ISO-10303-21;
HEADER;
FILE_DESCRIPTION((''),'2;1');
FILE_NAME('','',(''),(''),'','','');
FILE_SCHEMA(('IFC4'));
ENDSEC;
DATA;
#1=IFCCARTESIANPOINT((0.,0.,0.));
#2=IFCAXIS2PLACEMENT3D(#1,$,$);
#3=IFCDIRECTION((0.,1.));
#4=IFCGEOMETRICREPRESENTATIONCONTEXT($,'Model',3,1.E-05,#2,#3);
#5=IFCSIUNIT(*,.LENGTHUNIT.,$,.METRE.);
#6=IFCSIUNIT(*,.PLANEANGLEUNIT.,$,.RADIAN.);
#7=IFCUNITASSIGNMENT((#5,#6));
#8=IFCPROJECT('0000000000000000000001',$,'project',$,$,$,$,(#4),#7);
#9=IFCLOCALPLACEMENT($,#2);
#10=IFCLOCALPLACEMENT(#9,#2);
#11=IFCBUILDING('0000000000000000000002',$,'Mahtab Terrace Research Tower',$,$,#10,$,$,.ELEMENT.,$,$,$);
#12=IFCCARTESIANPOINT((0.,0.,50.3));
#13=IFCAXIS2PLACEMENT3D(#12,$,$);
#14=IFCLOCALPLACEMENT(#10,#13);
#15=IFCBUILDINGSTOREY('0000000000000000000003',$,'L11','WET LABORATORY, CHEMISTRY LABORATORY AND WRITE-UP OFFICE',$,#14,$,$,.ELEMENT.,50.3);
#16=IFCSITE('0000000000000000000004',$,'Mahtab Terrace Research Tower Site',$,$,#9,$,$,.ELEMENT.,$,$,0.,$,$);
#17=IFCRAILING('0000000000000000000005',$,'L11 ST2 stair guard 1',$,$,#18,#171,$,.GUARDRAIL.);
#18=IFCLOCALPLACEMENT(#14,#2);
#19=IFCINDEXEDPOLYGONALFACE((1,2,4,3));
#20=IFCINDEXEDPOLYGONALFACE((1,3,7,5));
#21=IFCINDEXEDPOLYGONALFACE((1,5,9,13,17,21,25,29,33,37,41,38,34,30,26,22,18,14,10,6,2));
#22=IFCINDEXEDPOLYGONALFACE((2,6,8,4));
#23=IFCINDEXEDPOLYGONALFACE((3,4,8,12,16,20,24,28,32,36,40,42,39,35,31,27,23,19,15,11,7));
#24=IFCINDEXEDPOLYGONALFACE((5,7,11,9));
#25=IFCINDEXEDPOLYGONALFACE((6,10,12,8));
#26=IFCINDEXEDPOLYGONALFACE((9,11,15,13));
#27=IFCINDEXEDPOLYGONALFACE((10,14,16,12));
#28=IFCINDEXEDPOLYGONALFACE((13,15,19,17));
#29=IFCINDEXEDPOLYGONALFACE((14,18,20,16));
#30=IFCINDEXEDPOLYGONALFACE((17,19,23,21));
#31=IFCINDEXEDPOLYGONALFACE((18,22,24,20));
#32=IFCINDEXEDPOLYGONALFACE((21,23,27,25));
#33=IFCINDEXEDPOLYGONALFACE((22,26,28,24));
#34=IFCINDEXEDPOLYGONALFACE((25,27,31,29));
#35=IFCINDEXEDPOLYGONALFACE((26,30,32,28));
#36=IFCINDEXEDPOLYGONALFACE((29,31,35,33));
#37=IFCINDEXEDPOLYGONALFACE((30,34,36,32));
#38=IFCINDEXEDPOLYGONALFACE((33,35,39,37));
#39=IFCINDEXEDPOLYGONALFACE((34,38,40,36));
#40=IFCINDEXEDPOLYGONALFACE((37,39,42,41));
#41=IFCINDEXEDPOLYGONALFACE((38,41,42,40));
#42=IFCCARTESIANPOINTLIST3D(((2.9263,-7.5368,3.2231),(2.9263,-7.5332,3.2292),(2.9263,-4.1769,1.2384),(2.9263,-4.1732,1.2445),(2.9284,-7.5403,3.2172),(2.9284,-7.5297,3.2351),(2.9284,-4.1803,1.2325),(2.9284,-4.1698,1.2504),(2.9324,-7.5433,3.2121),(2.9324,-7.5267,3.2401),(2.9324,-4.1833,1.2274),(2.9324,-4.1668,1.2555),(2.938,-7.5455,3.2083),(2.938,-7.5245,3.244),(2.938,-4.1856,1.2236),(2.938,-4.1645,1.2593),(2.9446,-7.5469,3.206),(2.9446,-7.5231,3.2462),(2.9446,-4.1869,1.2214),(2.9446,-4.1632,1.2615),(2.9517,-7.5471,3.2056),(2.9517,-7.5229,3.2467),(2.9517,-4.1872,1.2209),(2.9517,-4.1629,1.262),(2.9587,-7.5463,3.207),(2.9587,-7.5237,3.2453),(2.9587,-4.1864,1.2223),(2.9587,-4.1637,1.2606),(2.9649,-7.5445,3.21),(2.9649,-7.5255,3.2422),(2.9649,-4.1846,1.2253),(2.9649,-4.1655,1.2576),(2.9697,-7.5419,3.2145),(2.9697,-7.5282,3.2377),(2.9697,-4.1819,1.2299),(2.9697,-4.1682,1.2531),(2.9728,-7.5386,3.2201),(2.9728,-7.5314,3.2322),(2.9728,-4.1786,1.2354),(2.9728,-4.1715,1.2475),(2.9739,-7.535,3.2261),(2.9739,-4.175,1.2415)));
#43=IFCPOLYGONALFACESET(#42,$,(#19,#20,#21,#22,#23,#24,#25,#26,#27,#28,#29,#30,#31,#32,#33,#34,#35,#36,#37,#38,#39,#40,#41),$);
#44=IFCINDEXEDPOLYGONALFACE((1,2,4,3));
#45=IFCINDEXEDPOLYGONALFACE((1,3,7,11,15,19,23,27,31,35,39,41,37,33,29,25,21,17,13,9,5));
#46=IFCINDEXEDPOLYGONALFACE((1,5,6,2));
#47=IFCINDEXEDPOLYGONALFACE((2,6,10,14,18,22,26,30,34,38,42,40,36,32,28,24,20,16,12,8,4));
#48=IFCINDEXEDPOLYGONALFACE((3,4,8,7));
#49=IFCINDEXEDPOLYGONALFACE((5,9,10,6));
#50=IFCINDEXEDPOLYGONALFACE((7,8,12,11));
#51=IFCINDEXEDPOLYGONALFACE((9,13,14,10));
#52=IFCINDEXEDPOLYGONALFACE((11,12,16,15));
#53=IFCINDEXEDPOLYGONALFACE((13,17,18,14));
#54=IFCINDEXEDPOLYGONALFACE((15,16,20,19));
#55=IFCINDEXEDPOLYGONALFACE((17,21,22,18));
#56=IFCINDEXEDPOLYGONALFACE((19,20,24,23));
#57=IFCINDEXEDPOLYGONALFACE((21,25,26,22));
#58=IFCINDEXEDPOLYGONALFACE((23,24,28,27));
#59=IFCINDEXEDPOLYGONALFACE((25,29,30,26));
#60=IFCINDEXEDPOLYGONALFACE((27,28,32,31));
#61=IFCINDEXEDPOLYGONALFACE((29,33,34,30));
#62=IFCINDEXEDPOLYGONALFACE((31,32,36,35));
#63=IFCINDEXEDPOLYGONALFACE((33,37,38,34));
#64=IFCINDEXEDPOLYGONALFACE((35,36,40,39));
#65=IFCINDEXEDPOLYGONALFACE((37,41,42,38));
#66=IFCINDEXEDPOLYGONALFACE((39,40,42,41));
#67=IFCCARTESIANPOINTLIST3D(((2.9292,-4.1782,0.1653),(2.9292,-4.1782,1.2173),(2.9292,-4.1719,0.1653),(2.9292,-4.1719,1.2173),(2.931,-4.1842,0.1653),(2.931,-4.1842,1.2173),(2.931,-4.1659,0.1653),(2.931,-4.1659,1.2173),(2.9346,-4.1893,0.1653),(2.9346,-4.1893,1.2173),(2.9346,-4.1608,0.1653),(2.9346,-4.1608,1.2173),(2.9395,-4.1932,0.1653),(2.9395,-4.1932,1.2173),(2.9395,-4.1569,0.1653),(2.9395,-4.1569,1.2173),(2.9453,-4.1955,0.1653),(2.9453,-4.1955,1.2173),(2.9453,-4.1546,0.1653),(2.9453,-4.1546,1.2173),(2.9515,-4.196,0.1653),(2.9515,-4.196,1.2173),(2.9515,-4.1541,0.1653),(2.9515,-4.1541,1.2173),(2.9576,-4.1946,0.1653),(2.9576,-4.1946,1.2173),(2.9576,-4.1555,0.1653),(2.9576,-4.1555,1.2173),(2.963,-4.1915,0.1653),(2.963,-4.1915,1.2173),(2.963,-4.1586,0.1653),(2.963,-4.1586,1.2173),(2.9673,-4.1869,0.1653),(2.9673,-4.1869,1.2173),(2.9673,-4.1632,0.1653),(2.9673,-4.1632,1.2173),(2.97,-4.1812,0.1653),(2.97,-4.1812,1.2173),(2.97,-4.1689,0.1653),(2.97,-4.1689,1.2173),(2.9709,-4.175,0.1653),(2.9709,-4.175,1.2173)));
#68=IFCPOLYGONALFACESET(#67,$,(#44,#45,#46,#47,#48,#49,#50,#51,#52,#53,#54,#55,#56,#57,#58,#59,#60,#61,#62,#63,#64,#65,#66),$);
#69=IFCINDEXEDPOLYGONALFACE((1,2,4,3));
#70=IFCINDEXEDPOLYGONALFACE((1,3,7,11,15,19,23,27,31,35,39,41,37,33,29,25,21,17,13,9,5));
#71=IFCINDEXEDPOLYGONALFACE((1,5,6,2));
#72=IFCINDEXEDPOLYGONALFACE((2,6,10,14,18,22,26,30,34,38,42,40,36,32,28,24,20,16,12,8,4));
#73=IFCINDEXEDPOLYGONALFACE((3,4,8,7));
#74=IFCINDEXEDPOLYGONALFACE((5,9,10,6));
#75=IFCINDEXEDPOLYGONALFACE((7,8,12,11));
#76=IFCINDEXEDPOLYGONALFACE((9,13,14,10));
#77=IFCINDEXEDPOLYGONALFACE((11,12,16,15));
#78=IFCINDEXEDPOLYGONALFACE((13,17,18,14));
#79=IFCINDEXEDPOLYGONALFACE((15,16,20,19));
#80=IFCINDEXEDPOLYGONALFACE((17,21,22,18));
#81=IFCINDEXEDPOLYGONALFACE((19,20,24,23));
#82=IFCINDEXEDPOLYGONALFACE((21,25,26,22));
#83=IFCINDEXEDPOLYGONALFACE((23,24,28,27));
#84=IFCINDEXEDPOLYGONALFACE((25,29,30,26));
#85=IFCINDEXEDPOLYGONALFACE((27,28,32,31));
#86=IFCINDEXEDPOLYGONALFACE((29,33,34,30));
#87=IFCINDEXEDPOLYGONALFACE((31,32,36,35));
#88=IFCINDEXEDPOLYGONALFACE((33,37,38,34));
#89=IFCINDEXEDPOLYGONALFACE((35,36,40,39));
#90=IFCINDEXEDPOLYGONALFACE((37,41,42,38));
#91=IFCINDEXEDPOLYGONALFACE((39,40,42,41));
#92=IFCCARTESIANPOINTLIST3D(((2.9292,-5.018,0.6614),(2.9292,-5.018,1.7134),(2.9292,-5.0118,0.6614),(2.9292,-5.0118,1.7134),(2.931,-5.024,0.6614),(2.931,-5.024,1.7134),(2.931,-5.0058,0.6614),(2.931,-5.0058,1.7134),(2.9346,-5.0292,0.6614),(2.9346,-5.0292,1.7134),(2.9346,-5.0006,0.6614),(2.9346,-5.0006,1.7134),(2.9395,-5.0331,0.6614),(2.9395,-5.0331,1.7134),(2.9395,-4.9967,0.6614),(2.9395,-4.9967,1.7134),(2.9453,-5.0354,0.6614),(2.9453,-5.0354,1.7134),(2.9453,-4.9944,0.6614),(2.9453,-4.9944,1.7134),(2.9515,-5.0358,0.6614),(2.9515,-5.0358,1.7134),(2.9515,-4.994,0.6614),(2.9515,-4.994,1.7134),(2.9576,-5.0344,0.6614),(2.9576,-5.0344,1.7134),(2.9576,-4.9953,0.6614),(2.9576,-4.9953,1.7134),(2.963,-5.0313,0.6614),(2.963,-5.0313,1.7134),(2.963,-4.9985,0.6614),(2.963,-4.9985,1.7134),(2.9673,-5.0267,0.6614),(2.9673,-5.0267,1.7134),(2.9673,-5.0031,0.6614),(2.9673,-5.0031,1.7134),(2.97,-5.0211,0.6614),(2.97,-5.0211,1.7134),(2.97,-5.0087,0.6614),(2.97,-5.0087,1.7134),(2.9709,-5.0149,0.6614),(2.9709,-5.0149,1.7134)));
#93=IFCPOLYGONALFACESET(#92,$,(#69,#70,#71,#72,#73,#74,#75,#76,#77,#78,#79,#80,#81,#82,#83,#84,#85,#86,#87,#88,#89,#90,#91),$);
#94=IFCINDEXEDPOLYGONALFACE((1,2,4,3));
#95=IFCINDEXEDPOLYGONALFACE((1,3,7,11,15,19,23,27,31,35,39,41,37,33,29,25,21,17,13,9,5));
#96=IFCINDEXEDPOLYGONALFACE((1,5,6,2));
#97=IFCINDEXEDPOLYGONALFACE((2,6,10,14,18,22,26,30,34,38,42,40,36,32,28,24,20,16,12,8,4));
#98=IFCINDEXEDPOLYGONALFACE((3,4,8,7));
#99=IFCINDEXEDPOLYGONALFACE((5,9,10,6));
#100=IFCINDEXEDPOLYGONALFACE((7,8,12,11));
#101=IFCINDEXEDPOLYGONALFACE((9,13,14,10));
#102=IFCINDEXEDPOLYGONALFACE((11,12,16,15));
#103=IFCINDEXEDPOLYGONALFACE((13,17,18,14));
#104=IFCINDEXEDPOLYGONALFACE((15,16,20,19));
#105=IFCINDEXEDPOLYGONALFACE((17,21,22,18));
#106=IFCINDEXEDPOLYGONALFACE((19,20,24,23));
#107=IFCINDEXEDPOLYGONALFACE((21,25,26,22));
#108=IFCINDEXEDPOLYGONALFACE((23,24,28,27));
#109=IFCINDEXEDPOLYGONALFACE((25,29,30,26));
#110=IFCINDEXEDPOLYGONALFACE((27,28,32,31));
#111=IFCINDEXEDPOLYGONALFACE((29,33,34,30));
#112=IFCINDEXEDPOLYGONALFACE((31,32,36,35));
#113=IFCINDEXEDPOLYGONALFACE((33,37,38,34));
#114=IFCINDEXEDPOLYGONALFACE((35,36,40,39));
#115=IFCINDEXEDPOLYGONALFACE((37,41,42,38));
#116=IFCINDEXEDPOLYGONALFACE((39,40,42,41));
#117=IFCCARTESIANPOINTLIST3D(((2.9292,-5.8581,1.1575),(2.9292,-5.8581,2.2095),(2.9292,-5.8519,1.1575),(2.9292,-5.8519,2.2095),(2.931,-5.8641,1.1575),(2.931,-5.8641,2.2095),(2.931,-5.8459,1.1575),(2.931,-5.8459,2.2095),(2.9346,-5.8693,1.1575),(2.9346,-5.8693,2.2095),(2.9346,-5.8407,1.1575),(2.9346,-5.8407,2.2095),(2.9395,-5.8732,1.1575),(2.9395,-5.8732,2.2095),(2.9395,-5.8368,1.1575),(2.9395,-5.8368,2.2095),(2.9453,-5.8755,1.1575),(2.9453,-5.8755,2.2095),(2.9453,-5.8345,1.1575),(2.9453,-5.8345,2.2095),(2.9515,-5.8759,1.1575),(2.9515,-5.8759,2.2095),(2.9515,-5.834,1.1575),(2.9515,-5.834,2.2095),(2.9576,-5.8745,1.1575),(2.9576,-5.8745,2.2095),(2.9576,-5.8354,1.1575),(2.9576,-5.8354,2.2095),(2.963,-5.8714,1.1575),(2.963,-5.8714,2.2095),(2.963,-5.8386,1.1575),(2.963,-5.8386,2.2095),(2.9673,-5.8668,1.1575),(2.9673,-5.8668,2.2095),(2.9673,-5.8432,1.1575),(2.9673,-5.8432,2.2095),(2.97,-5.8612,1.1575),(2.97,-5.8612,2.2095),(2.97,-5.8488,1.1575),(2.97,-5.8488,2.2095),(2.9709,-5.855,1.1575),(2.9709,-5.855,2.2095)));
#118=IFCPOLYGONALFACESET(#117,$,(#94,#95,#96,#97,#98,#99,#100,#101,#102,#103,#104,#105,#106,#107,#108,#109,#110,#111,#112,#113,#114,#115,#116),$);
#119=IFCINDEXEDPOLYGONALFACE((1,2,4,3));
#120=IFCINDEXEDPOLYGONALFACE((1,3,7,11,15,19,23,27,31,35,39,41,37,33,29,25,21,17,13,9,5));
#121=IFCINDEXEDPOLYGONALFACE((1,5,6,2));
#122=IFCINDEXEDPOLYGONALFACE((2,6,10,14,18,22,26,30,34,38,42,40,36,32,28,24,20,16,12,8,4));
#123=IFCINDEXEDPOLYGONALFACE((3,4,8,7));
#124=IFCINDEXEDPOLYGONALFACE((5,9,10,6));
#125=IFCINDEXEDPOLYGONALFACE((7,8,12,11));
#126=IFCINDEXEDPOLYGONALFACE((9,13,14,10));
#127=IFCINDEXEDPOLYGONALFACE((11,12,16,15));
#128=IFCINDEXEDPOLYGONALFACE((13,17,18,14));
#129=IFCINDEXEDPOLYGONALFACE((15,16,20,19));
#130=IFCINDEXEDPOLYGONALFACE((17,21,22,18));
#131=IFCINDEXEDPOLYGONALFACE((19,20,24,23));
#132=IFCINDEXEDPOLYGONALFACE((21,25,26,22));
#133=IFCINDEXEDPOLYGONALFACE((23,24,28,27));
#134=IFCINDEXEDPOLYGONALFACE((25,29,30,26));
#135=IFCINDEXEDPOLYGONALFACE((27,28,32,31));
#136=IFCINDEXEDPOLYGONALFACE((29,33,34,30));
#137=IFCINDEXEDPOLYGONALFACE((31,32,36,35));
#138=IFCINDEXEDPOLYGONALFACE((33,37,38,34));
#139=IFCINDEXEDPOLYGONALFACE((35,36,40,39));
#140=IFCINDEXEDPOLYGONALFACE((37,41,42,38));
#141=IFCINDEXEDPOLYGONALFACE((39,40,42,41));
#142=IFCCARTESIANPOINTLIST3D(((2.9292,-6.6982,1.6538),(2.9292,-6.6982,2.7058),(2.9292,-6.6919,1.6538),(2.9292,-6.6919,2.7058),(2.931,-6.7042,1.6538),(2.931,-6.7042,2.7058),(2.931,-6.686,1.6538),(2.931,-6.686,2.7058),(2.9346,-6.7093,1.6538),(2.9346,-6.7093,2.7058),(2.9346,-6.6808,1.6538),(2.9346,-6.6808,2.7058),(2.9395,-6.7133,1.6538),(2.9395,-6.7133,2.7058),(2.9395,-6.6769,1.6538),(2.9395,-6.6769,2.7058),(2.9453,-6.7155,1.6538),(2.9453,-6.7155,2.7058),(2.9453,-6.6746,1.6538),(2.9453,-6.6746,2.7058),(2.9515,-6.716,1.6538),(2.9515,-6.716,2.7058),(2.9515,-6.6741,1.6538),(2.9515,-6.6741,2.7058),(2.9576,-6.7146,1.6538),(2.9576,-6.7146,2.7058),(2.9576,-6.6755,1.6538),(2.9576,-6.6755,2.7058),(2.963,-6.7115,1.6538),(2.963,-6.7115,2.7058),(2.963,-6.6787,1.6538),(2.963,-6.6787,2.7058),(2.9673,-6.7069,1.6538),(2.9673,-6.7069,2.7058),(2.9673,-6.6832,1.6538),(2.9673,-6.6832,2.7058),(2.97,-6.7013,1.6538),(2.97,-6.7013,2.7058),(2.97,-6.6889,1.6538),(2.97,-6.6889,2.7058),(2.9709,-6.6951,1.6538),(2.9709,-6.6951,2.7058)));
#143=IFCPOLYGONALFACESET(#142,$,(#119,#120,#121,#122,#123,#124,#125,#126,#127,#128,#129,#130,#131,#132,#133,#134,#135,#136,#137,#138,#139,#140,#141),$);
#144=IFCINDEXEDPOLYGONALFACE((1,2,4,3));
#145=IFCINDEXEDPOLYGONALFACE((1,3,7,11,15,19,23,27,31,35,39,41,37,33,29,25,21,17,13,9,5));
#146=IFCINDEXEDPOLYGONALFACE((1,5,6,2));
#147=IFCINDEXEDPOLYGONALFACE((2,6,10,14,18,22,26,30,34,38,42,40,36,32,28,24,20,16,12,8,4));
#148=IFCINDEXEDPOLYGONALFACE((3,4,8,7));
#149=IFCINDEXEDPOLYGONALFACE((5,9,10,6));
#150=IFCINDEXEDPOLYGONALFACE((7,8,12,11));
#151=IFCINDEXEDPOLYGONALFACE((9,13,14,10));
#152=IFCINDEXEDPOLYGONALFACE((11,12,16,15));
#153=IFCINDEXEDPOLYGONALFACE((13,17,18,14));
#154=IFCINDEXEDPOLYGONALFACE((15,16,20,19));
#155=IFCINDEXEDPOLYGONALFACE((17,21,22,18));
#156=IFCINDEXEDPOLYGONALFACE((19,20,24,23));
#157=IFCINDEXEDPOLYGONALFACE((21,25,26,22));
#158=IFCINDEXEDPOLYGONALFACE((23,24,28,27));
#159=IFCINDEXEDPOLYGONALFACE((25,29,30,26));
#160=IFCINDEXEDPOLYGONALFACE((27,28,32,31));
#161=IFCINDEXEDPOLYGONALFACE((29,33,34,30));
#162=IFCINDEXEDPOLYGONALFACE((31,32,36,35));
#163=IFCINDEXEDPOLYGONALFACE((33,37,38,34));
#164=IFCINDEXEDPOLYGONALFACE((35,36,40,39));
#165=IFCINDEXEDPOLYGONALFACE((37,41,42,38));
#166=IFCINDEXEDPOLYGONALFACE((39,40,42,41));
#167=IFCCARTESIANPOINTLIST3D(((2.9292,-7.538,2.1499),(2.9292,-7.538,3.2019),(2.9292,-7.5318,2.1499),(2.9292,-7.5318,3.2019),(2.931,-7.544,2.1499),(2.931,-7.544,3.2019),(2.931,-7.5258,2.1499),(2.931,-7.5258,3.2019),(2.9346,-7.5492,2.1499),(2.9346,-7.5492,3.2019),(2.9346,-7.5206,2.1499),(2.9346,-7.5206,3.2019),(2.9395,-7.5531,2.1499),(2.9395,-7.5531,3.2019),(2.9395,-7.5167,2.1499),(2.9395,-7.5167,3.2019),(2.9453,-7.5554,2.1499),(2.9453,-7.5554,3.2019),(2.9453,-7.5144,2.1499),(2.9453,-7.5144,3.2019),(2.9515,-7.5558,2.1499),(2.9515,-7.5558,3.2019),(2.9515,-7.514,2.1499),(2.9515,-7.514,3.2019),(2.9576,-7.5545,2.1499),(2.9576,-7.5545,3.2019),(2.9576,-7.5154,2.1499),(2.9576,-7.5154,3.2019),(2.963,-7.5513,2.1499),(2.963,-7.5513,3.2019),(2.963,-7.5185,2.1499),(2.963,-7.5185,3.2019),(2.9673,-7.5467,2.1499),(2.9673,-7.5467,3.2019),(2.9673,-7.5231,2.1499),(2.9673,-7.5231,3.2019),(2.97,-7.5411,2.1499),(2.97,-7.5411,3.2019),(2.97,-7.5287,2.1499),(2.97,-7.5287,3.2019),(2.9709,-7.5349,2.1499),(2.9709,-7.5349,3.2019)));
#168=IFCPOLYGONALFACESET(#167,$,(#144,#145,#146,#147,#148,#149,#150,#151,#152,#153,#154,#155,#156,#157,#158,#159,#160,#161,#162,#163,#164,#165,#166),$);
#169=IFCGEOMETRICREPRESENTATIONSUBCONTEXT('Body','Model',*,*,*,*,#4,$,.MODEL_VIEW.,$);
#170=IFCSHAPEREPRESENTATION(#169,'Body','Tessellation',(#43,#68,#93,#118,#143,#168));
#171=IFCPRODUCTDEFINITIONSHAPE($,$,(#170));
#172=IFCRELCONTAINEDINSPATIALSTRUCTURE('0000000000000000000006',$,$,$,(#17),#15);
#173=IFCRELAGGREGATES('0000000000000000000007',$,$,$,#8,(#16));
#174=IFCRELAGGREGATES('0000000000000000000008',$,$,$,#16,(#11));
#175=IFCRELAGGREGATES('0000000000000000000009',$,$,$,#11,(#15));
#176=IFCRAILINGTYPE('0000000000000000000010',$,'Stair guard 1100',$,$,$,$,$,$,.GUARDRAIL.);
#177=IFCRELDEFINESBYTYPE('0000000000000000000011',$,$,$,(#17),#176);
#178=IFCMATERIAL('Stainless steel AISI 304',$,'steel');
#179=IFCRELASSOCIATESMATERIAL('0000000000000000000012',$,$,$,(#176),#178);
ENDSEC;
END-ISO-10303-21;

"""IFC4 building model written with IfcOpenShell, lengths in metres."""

from ifc_helpers import new_model, si_unit, direction, frame, origin, origin_2d, place, context, subcontext, project, spatial, circle, extrude, material, type_object, element, save


model = new_model("IFC4")

# Units and contexts
model_context = context("Model", 3, precision=1e-05, world=origin(), true_north=direction((0.0, 1.0)))
body_context = subcontext(model_context, "Body", "Model", "MODEL_VIEW")
ifc_project = project(units=[si_unit("LENGTHUNIT", "METRE"), si_unit("PLANEANGLEUNIT", "RADIAN")], contexts=[model_context])

# Site, building, storey
site_placement = place(None, origin())
site = spatial("IfcSite", under=ifc_project, at=site_placement, Name="Mahtab Terrace Research Tower Site", CompositionType="ELEMENT", RefElevation=0.0)
building_placement = place(site_placement, origin())
building = spatial("IfcBuilding", under=site, at=building_placement, Name="Mahtab Terrace Research Tower", CompositionType="ELEMENT")
storey_placement = place(building_placement, frame((0.0, 0.0, 50.3)))
storey = spatial("IfcBuildingStorey", under=building, at=storey_placement, Name="L11", Description="WET LABORATORY, CHEMISTRY LABORATORY AND WRITE-UP OFFICE", CompositionType="ELEMENT", Elevation=50.3)

# Railing
ifc_material_1 = material(Name="Stainless steel AISI 304", Category="steel")
railing_type_1 = type_object("IfcRailingType", Name="Stair guard 1100", PredefinedType="GUARDRAIL", material=ifc_material_1)
railing_1_placement = place(storey_placement, frame((2.95, -4.175, 0.1653)))
element("IfcRailing", 1, at=railing_1_placement, inside=storey, type_object=railing_type_1, Name="L11 ST2 stair guard 1", PredefinedType="GUARDRAIL", context=body_context, shape_type="SweptSolid", body=[
    extrude(circle(Radius=0.0239, at=origin_2d()), frame((0.0, 0.0, 1.0762), z_axis=(0.0, -0.861011, 0.508586), x_axis=(1.0, 0.0, 0.0)), (0.0, 0.0, 1.0), 3.9023),
    extrude(circle(Radius=0.021, at=origin_2d()), origin(), (0.0, 0.0, 1.0), 1.052),
    extrude(circle(Radius=0.021, at=origin_2d()), frame((0.0, -0.8398, 0.4961)), (0.0, 0.0, 1.0), 1.052),
    extrude(circle(Radius=0.021, at=origin_2d()), frame((0.0, -1.6799, 0.9922)), (0.0, 0.0, 1.0), 1.052),
    extrude(circle(Radius=0.021, at=origin_2d()), frame((0.0, -2.52, 1.4885)), (0.0, 0.0, 1.0), 1.052),
    extrude(circle(Radius=0.021, at=origin_2d()), frame((0.0, -3.3599, 1.9846)), (0.0, 0.0, 1.0), 1.052),
])

save(model, "model.ifc")
